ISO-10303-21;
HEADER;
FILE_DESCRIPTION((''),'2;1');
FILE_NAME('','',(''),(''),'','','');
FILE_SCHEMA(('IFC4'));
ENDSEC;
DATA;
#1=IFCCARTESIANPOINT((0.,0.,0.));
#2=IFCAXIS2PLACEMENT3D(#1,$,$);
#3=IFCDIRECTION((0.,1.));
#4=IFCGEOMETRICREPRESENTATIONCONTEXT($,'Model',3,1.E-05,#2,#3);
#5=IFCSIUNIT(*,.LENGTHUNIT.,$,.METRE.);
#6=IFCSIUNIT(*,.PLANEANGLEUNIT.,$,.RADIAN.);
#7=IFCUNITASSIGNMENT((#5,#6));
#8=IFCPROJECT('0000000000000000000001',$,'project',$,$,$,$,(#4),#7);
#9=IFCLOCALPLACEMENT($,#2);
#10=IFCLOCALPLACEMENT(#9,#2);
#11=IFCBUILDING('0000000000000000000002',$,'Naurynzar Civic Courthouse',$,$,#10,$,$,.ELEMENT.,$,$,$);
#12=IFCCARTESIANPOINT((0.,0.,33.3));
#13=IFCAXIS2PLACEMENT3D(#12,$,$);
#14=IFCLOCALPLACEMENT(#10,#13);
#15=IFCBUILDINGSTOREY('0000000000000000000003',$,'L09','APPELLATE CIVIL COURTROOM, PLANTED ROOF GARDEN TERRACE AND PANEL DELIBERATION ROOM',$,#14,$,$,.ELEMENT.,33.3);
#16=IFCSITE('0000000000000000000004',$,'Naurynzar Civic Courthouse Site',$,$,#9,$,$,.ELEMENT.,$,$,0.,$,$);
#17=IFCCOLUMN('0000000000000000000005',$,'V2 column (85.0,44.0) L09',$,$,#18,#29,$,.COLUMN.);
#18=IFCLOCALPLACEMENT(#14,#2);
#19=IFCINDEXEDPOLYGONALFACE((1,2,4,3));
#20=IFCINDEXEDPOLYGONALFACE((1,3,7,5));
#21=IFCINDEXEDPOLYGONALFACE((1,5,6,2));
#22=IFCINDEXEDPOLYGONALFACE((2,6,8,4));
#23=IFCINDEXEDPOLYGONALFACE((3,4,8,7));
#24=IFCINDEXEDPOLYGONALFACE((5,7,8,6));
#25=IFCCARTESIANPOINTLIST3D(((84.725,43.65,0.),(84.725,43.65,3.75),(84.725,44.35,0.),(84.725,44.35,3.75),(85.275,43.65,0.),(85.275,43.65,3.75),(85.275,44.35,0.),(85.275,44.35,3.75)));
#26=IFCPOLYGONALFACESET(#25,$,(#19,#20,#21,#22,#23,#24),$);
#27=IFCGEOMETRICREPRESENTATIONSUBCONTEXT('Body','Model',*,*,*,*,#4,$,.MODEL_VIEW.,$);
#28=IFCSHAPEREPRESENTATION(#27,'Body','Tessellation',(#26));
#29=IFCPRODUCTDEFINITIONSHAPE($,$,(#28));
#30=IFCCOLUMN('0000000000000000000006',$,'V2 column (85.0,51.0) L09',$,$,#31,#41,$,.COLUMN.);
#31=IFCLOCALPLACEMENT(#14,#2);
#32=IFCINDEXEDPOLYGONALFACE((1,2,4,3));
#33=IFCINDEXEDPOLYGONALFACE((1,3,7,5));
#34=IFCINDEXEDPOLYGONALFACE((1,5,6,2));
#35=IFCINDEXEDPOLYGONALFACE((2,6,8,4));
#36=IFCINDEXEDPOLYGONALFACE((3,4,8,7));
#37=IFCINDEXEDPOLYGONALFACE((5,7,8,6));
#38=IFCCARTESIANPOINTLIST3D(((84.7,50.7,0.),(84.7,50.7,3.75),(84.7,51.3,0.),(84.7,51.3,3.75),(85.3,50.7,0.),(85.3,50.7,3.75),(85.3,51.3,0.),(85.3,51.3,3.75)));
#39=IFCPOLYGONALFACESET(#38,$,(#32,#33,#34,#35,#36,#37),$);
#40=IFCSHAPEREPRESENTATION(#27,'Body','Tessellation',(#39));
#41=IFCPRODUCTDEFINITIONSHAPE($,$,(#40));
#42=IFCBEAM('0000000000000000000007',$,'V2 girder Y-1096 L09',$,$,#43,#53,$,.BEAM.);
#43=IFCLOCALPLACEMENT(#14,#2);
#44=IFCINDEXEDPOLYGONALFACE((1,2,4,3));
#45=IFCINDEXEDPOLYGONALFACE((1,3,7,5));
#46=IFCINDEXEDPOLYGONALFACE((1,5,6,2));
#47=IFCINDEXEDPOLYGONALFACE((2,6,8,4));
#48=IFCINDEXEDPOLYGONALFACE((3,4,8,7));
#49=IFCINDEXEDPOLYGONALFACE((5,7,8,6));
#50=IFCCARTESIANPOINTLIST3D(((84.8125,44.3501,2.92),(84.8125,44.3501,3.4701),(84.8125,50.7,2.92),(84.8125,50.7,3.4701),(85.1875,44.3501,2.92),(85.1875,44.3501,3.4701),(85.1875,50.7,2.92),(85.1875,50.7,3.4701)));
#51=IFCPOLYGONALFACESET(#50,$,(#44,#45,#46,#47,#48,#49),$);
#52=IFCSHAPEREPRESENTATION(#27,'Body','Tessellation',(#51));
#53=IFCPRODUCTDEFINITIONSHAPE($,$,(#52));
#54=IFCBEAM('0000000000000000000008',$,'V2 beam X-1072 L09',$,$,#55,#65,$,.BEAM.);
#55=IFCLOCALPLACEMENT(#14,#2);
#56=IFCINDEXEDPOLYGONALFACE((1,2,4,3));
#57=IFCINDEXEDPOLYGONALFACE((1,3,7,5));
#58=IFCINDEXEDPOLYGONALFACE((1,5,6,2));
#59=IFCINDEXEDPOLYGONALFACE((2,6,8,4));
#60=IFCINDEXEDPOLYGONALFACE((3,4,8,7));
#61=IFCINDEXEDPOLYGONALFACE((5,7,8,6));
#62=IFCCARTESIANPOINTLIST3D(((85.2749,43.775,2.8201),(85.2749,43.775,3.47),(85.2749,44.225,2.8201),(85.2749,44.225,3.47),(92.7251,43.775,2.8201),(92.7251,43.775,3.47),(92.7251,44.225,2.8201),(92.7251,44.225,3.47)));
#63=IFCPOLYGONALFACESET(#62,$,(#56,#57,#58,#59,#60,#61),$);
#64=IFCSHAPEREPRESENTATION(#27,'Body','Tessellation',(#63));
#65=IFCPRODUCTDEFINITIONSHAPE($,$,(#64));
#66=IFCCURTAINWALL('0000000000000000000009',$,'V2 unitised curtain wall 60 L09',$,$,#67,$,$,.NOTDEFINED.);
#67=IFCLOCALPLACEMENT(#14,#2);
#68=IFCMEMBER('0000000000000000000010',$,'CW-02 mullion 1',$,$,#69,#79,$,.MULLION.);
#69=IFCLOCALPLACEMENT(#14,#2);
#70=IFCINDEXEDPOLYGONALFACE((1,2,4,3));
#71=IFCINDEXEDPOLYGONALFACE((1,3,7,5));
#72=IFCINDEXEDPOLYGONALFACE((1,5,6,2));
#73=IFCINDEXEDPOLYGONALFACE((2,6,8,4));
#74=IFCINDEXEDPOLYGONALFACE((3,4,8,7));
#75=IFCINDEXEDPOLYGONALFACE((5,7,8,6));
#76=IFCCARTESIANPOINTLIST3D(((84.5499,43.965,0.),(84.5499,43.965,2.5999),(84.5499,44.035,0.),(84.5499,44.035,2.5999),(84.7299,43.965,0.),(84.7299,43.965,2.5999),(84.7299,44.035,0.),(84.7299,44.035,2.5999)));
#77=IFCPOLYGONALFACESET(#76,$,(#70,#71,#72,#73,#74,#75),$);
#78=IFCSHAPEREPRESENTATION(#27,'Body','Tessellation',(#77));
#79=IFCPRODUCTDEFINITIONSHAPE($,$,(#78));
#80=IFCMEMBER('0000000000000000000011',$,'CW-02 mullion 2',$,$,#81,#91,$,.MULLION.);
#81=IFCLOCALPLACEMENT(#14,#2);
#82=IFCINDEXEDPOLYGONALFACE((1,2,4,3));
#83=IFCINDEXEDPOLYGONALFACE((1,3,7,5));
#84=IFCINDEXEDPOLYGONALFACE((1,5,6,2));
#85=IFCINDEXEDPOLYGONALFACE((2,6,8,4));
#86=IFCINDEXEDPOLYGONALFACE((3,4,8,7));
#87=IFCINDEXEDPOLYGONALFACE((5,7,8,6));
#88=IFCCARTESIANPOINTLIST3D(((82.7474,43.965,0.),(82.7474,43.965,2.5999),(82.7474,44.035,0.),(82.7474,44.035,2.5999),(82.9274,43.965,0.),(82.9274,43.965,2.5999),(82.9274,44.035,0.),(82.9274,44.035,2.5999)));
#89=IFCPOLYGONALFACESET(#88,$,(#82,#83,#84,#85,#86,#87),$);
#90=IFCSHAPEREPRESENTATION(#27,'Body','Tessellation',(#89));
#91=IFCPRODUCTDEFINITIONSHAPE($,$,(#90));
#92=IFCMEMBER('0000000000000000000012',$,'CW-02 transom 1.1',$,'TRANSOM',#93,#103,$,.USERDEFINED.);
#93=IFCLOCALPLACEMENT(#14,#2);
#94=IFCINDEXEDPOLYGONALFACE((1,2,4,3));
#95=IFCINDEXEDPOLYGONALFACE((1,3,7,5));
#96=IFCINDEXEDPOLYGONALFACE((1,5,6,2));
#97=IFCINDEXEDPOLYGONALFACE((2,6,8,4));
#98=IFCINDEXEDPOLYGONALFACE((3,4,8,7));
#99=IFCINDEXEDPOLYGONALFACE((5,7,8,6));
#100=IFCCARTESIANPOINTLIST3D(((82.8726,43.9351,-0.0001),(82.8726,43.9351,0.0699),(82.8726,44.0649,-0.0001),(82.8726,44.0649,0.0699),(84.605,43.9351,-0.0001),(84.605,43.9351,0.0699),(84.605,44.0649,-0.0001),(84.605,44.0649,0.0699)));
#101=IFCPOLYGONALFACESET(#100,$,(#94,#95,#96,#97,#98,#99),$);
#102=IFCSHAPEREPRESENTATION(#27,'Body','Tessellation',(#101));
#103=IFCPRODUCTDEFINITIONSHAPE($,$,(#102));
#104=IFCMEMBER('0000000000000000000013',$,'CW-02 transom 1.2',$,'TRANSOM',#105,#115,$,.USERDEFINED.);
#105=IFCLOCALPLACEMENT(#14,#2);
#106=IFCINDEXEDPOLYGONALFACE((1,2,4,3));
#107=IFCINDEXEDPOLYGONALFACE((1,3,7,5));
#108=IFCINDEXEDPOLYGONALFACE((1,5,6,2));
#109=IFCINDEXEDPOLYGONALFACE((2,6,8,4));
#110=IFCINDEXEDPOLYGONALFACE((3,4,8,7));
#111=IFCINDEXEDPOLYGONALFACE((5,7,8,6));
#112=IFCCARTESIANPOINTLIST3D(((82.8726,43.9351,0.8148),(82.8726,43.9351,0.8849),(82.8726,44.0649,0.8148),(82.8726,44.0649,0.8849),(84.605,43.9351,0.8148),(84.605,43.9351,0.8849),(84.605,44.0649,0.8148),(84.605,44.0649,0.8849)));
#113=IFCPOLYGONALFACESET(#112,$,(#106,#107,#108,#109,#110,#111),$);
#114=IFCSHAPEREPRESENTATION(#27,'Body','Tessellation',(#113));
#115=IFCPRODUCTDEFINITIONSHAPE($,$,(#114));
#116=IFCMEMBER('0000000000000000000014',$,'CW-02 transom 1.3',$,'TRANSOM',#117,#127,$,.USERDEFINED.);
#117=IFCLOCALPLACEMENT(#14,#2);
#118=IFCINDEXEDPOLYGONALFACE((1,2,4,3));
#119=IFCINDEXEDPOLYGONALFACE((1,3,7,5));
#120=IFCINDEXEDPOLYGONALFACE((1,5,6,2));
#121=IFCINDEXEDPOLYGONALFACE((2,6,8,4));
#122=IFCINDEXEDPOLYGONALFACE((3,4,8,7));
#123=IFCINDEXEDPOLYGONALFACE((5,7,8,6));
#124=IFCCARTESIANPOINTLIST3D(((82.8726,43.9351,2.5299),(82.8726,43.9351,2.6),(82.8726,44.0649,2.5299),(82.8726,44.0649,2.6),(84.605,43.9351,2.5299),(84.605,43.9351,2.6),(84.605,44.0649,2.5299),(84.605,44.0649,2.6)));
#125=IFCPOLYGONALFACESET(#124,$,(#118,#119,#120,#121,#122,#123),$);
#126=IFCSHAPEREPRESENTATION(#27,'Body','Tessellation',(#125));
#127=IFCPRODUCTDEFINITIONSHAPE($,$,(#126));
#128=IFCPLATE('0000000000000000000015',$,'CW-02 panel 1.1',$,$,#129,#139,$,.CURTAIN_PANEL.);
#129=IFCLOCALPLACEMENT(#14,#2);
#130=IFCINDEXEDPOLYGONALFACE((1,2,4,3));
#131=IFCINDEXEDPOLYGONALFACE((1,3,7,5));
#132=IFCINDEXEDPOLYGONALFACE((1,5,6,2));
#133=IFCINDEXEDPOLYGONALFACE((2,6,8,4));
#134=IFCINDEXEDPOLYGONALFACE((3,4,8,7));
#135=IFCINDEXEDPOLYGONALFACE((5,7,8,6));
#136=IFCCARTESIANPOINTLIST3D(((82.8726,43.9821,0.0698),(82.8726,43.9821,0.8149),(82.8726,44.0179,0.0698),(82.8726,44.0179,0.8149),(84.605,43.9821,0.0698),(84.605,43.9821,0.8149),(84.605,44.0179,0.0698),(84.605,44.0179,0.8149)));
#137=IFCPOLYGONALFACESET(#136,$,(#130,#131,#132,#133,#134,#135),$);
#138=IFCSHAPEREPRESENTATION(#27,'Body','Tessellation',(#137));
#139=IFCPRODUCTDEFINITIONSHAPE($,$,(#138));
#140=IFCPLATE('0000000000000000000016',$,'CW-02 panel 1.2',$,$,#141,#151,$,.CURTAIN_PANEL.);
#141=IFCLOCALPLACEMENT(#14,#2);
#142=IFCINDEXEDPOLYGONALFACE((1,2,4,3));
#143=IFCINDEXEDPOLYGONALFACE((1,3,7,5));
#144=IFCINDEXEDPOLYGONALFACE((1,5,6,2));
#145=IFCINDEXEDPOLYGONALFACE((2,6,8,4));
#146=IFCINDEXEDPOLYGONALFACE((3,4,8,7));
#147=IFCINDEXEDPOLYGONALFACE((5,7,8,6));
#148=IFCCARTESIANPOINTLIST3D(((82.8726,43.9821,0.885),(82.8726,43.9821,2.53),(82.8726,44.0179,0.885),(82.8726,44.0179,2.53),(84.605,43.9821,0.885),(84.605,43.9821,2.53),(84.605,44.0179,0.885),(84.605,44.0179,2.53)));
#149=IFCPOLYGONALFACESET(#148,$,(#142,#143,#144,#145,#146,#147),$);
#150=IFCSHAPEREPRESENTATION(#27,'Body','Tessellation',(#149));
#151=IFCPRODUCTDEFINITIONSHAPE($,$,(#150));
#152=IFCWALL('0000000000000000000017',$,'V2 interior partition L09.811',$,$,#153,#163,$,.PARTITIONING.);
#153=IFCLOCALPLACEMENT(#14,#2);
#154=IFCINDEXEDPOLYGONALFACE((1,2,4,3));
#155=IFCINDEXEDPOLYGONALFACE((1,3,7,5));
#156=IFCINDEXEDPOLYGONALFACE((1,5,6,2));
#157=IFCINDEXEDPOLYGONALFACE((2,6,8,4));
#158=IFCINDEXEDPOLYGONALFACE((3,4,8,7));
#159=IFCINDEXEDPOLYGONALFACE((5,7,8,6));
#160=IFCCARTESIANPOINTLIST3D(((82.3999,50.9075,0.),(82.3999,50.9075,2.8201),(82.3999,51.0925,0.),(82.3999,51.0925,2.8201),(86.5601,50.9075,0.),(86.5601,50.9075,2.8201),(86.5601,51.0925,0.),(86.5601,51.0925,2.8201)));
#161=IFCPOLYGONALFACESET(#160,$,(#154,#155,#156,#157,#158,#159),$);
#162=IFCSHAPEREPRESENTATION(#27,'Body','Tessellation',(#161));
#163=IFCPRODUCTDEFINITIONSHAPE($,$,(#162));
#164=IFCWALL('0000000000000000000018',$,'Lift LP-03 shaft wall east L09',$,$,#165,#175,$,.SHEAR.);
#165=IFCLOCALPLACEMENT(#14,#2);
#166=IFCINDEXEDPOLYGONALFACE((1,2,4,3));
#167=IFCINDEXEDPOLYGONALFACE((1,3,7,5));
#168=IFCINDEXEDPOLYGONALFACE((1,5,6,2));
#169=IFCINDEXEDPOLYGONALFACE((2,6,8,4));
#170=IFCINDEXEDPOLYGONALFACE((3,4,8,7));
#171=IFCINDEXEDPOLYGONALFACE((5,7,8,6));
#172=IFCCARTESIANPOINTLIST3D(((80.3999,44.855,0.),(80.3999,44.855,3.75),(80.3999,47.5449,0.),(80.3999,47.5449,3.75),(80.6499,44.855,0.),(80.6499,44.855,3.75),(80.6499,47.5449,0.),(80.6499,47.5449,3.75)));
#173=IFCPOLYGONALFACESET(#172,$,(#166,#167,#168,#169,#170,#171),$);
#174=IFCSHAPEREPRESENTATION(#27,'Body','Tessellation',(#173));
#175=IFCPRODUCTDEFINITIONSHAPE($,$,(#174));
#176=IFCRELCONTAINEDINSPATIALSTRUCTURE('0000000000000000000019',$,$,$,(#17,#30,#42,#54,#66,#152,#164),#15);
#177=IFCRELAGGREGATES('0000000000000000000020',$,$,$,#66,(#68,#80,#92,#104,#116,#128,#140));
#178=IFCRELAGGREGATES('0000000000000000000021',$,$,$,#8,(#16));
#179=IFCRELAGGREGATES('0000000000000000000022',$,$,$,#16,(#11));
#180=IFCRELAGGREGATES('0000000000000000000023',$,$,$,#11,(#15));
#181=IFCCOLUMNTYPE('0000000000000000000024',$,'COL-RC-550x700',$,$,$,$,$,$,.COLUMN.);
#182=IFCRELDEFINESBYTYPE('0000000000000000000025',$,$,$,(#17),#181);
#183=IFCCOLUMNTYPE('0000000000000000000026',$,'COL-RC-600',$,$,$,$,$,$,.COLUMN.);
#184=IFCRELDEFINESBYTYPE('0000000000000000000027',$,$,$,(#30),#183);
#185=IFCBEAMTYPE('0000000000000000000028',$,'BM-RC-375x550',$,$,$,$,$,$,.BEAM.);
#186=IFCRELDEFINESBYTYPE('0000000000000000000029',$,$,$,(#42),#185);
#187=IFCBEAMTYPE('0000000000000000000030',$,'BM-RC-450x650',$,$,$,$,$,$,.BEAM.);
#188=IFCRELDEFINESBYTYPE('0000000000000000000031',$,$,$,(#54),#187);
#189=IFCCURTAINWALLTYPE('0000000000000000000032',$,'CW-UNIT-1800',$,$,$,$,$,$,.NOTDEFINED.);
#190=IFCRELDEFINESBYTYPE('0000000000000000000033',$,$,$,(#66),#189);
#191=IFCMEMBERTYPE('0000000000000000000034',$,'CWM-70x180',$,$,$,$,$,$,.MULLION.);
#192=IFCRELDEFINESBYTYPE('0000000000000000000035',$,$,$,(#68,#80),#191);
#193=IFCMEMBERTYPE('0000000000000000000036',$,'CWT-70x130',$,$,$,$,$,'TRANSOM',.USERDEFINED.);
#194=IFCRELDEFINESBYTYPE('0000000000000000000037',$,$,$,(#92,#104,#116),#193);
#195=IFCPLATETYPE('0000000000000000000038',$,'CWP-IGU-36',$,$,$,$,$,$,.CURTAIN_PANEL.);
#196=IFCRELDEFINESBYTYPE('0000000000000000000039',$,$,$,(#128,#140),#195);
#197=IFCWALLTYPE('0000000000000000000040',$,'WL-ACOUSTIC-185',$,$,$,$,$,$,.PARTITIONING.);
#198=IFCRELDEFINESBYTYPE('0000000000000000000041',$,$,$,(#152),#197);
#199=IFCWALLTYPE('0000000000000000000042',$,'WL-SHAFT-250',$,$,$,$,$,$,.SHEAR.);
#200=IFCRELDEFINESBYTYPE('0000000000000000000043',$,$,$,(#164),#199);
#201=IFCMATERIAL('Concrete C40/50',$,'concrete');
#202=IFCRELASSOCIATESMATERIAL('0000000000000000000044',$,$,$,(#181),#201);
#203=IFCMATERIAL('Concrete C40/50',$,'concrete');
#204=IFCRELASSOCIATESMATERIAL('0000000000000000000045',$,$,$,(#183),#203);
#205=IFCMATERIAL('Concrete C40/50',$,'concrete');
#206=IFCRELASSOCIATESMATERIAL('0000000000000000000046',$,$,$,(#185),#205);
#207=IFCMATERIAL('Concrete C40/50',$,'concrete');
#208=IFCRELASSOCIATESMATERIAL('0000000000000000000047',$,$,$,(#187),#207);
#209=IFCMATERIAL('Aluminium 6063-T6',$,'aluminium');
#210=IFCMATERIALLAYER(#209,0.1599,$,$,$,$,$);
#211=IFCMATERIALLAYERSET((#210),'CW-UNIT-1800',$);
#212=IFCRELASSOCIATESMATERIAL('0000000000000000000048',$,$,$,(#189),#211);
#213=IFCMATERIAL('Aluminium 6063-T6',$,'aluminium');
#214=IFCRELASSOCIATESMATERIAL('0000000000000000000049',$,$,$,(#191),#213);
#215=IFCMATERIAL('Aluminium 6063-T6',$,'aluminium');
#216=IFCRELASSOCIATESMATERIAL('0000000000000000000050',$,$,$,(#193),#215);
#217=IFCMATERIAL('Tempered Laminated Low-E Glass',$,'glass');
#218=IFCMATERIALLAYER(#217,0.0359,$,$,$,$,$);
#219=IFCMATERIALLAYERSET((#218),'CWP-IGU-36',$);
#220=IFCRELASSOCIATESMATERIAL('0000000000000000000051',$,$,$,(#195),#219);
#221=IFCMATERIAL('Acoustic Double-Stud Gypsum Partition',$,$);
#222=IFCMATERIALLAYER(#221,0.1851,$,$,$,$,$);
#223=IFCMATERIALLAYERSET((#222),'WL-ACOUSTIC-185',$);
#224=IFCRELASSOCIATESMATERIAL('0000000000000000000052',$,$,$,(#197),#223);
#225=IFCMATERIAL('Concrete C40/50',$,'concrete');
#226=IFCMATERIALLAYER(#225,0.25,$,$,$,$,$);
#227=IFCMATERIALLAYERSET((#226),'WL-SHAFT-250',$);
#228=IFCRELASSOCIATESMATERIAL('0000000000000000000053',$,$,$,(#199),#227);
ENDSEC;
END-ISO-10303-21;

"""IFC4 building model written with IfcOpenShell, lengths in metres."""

from ifc_helpers import new_model, si_unit, direction, frame, frame_2d, origin, origin_2d, place, context, subcontext, project, spatial, rectangle, extrude, material, layer, layer_set, material_profile, profile_set, type_object, element, aggregate, save


model = new_model("IFC4")

# Units and contexts
model_context = context("Model", 3, precision=1e-05, world=origin(), true_north=direction((0.0, 1.0)))
body_context = subcontext(model_context, "Body", "Model", "MODEL_VIEW")
ifc_project = project(units=[si_unit("LENGTHUNIT", "METRE"), si_unit("PLANEANGLEUNIT", "RADIAN")], contexts=[model_context])

# Site, building, storey
site_placement = place(None, origin())
site = spatial("IfcSite", under=ifc_project, at=site_placement, Name="Naurynzar Civic Courthouse Site", CompositionType="ELEMENT", RefElevation=0.0)
building_placement = place(site_placement, origin())
building = spatial("IfcBuilding", under=site, at=building_placement, Name="Naurynzar Civic Courthouse", CompositionType="ELEMENT")
storey_placement = place(building_placement, frame((0.0, 0.0, 33.3)))
storey = spatial("IfcBuildingStorey", under=building, at=storey_placement, Name="L09", Description="APPELLATE CIVIL COURTROOM, PLANTED ROOF GARDEN TERRACE AND PANEL DELIBERATION ROOM", CompositionType="ELEMENT", Elevation=33.3)

# Columns
ifc_material_1 = material(Name="Concrete C40/50", Category="concrete")
ifc_material_profile_1 = material_profile(ifc_material_1, rectangle(XDim=0.55, YDim=0.7, at=origin_2d()), Name="RC 550x700")
ifc_profile_set_1 = profile_set([ifc_material_profile_1], Name="Concrete C40/50")
column_type_1 = type_object("IfcColumnType", Name="COL-RC-550x700", PredefinedType="COLUMN", material=ifc_profile_set_1)
column_1_placement = place(storey_placement, frame((85.0, 44.0, 0.0), z_axis=(0.0, 0.0, 1.0), x_axis=(1.0, 0.0, 0.0)))
element("IfcColumn", 1, at=column_1_placement, inside=storey, type_object=column_type_1, Name="V2 column (85.0,44.0) L09", PredefinedType="COLUMN", context=body_context, shape_type="SweptSolid", body=[
    extrude(rectangle(XDim=0.55, YDim=0.7, at=origin_2d()), origin(), (0.0, 0.0, 1.0), 3.75),
])
ifc_material_2 = material(Name="Concrete C40/50", Category="concrete")
ifc_material_profile_2 = material_profile(ifc_material_2, rectangle(XDim=0.6001, YDim=0.6001, at=origin_2d()), Name="RC 600x600")
ifc_profile_set_2 = profile_set([ifc_material_profile_2], Name="Concrete C40/50")
column_type_2 = type_object("IfcColumnType", Name="COL-RC-600", PredefinedType="COLUMN", material=ifc_profile_set_2)
column_2_placement = place(storey_placement, frame((85.0, 51.0, 0.0), z_axis=(0.0, 0.0, 1.0), x_axis=(1.0, 0.0, 0.0)))
element("IfcColumn", 2, at=column_2_placement, inside=storey, type_object=column_type_2, Name="V2 column (85.0,51.0) L09", PredefinedType="COLUMN", context=body_context, shape_type="SweptSolid", body=[
    extrude(rectangle(XDim=0.6001, YDim=0.6001, at=origin_2d()), origin(), (0.0, 0.0, 1.0), 3.75),
])

# Beams
ifc_material_3 = material(Name="Concrete C40/50", Category="concrete")
ifc_material_profile_3 = material_profile(ifc_material_3, rectangle(XDim=0.375, YDim=0.55, at=origin_2d()), Name="RCB 375x550")
ifc_profile_set_3 = profile_set([ifc_material_profile_3], Name="Concrete C40/50")
beam_type_1 = type_object("IfcBeamType", Name="BM-RC-375x550", PredefinedType="BEAM", material=ifc_profile_set_3)
beam_1_placement = place(storey_placement, frame((85.0, 44.3501, 3.1951), z_axis=(0.0, 1.0, 0.0), x_axis=(-1.0, 0.0, 0.0)))
element("IfcBeam", 3, at=beam_1_placement, inside=storey, type_object=beam_type_1, Name="V2 girder Y-1096 L09", PredefinedType="BEAM", context=body_context, shape_type="SweptSolid", body=[
    extrude(rectangle(XDim=0.375, YDim=0.55, at=origin_2d()), origin(), (0.0, 0.0, 1.0), 6.3499),
])
ifc_material_4 = material(Name="Concrete C40/50", Category="concrete")
ifc_material_profile_4 = material_profile(ifc_material_4, rectangle(XDim=0.45, YDim=0.6499, at=origin_2d()), Name="RCB 450x650")
ifc_profile_set_4 = profile_set([ifc_material_profile_4], Name="Concrete C40/50")
beam_type_2 = type_object("IfcBeamType", Name="BM-RC-450x650", PredefinedType="BEAM", material=ifc_profile_set_4)
beam_2_placement = place(storey_placement, frame((85.2749, 44.0, 3.145), z_axis=(1.0, 0.0, 0.0), x_axis=(0.0, 1.0, 0.0)))
element("IfcBeam", 4, at=beam_2_placement, inside=storey, type_object=beam_type_2, Name="V2 beam X-1072 L09", PredefinedType="BEAM", context=body_context, shape_type="SweptSolid", body=[
    extrude(rectangle(XDim=0.45, YDim=0.6499, at=origin_2d()), origin(), (0.0, 0.0, 1.0), 7.4502),
])

# Curtain wall, members, plates
ifc_material_5 = material(Name="Aluminium 6063-T6", Category="aluminium")
ifc_layer_1 = layer(ifc_material_5, 0.1599)
ifc_layer_set_1 = layer_set([ifc_layer_1], Name="CW-UNIT-1800")
curtain_wall_type = type_object("IfcCurtainWallType", Name="CW-UNIT-1800", PredefinedType="NOTDEFINED", material=ifc_layer_set_1)
curtain_wall_placement = place(storey_placement, origin())
curtain_wall = element("IfcCurtainWall", 5, at=curtain_wall_placement, inside=storey, type_object=curtain_wall_type, Name="V2 unitised curtain wall 60 L09", PredefinedType="NOTDEFINED")
ifc_material_6 = material(Name="Aluminium 6063-T6", Category="aluminium")
ifc_material_profile_5 = material_profile(ifc_material_6, rectangle(XDim=0.0701, YDim=0.1799, at=origin_2d()), Name="ALU MULLION 70x180")
ifc_profile_set_5 = profile_set([ifc_material_profile_5], Name="Aluminium 6063-T6")
member_type_1 = type_object("IfcMemberType", Name="CWM-70x180", PredefinedType="MULLION", material=ifc_profile_set_5)
member_1_placement = place(storey_placement, frame((84.6399, 44.0, 0.0), z_axis=(0.0, 0.0, 1.0), x_axis=(0.0, -1.0, 0.0)))
member_1 = element("IfcMember", 6, at=member_1_placement, type_object=member_type_1, Name="CW-02 mullion 1", PredefinedType="MULLION", context=body_context, shape_type="SweptSolid", body=[
    extrude(rectangle(XDim=0.0701, YDim=0.1799, at=origin_2d()), origin(), (0.0, 0.0, 1.0), 2.5999),
])
member_2_placement = place(storey_placement, frame((82.8374, 44.0, 0.0), z_axis=(0.0, 0.0, 1.0), x_axis=(0.0, -1.0, 0.0)))
member_2 = element("IfcMember", 7, at=member_2_placement, type_object=member_type_1, Name="CW-02 mullion 2", PredefinedType="MULLION", context=body_context, shape_type="SweptSolid", body=[
    extrude(rectangle(XDim=0.0701, YDim=0.1799, at=origin_2d()), origin(), (0.0, 0.0, 1.0), 2.5999),
])
ifc_material_7 = material(Name="Aluminium 6063-T6", Category="aluminium")
ifc_material_profile_6 = material_profile(ifc_material_7, rectangle(XDim=0.1299, YDim=0.0701, at=origin_2d()), Name="ALU TRANSOM 70x130")
ifc_profile_set_6 = profile_set([ifc_material_profile_6], Name="Aluminium 6063-T6")
member_type_2 = type_object("IfcMemberType", Name="CWT-70x130", ElementType="TRANSOM", PredefinedType="USERDEFINED", material=ifc_profile_set_6)
member_3_placement = place(storey_placement, frame((84.605, 44.0, 0.0349), z_axis=(-1.0, 0.0, 0.0), x_axis=(0.0, -1.0, 0.0)))
member_3 = element("IfcMember", 8, at=member_3_placement, type_object=member_type_2, Name="CW-02 transom 1.1", ObjectType="TRANSOM", PredefinedType="USERDEFINED", context=body_context, shape_type="SweptSolid", body=[
    extrude(rectangle(XDim=0.1299, YDim=0.0701, at=origin_2d()), origin(), (0.0, 0.0, 1.0), 1.7324),
])
member_4_placement = place(storey_placement, frame((84.605, 44.0, 0.8499), z_axis=(-1.0, 0.0, 0.0), x_axis=(0.0, -1.0, 0.0)))
member_4 = element("IfcMember", 9, at=member_4_placement, type_object=member_type_2, Name="CW-02 transom 1.2", ObjectType="TRANSOM", PredefinedType="USERDEFINED", context=body_context, shape_type="SweptSolid", body=[
    extrude(rectangle(XDim=0.1299, YDim=0.0701, at=origin_2d()), origin(), (0.0, 0.0, 1.0), 1.7324),
])
member_5_placement = place(storey_placement, frame((84.605, 44.0, 2.5649), z_axis=(-1.0, 0.0, 0.0), x_axis=(0.0, -1.0, 0.0)))
member_5 = element("IfcMember", 10, at=member_5_placement, type_object=member_type_2, Name="CW-02 transom 1.3", ObjectType="TRANSOM", PredefinedType="USERDEFINED", context=body_context, shape_type="SweptSolid", body=[
    extrude(rectangle(XDim=0.1299, YDim=0.0701, at=origin_2d()), origin(), (0.0, 0.0, 1.0), 1.7324),
])
ifc_material_8 = material(Name="Tempered Laminated Low-E Glass", Category="glass")
ifc_layer_2 = layer(ifc_material_8, 0.0359)
ifc_layer_set_2 = layer_set([ifc_layer_2], Name="CWP-IGU-36")
plate_type = type_object("IfcPlateType", Name="CWP-IGU-36", PredefinedType="CURTAIN_PANEL", material=ifc_layer_set_2)
plate_1_placement = place(storey_placement, frame((83.7388, 44.0, 0.0698), z_axis=(0.0, 0.0, 1.0), x_axis=(-1.0, 0.0, 0.0)))
plate_1 = element("IfcPlate", 11, at=plate_1_placement, type_object=plate_type, Name="CW-02 panel 1.1", PredefinedType="CURTAIN_PANEL", context=body_context, shape_type="SweptSolid", body=[
    extrude(rectangle(XDim=1.7324, YDim=0.0359, at=origin_2d()), origin(), (0.0, 0.0, 1.0), 0.7451),
])
plate_2_placement = place(storey_placement, frame((83.7388, 44.0, 0.885), z_axis=(0.0, 0.0, 1.0), x_axis=(-1.0, 0.0, 0.0)))
plate_2 = element("IfcPlate", 12, at=plate_2_placement, type_object=plate_type, Name="CW-02 panel 1.2", PredefinedType="CURTAIN_PANEL", context=body_context, shape_type="SweptSolid", body=[
    extrude(rectangle(XDim=1.7324, YDim=0.0359, at=origin_2d()), origin(), (0.0, 0.0, 1.0), 1.645),
])
aggregate(curtain_wall, [member_1, member_2, member_3, member_4, member_5, plate_1, plate_2])

# Wall
ifc_material_9 = material(Name="Acoustic Double-Stud Gypsum Partition")
ifc_layer_3 = layer(ifc_material_9, 0.1851)
ifc_layer_set_3 = layer_set([ifc_layer_3], Name="WL-ACOUSTIC-185")
wall_type_1 = type_object("IfcWallType", Name="WL-ACOUSTIC-185", PredefinedType="PARTITIONING", material=ifc_layer_set_3)
wall_1_placement = place(storey_placement, frame((82.3999, 51.0, 0.0), z_axis=(0.0, 0.0, 1.0), x_axis=(1.0, 0.0, 0.0)))
element("IfcWall", 13, at=wall_1_placement, inside=storey, type_object=wall_type_1, Name="V2 interior partition L09.811", PredefinedType="PARTITIONING", context=body_context, shape_type="SweptSolid", body=[
    extrude(rectangle(XDim=4.1602, YDim=0.1851, at=frame_2d((2.0801, 0.0))), origin(), (0.0, 0.0, 1.0), 2.8201),
])

# Shared definitions
ifc_material_10 = material(Name="Concrete C40/50", Category="concrete")
ifc_layer_4 = layer(ifc_material_10, 0.25)
ifc_layer_set_4 = layer_set([ifc_layer_4], Name="WL-SHAFT-250")
wall_type_2 = type_object("IfcWallType", Name="WL-SHAFT-250", PredefinedType="SHEAR", material=ifc_layer_set_4)

# Wall
wall_2_placement = place(storey_placement, frame((80.5249, 44.855, 0.0), z_axis=(0.0, 0.0, 1.0), x_axis=(0.0, 1.0, 0.0)))
element("IfcWall", 14, at=wall_2_placement, inside=storey, type_object=wall_type_2, Name="Lift LP-03 shaft wall east L09", PredefinedType="SHEAR", context=body_context, shape_type="SweptSolid", body=[
    extrude(rectangle(XDim=2.6899, YDim=0.25, at=frame_2d((1.345, 0.0))), origin(), (0.0, 0.0, 1.0), 3.75),
])

save(model, "model.ifc")
